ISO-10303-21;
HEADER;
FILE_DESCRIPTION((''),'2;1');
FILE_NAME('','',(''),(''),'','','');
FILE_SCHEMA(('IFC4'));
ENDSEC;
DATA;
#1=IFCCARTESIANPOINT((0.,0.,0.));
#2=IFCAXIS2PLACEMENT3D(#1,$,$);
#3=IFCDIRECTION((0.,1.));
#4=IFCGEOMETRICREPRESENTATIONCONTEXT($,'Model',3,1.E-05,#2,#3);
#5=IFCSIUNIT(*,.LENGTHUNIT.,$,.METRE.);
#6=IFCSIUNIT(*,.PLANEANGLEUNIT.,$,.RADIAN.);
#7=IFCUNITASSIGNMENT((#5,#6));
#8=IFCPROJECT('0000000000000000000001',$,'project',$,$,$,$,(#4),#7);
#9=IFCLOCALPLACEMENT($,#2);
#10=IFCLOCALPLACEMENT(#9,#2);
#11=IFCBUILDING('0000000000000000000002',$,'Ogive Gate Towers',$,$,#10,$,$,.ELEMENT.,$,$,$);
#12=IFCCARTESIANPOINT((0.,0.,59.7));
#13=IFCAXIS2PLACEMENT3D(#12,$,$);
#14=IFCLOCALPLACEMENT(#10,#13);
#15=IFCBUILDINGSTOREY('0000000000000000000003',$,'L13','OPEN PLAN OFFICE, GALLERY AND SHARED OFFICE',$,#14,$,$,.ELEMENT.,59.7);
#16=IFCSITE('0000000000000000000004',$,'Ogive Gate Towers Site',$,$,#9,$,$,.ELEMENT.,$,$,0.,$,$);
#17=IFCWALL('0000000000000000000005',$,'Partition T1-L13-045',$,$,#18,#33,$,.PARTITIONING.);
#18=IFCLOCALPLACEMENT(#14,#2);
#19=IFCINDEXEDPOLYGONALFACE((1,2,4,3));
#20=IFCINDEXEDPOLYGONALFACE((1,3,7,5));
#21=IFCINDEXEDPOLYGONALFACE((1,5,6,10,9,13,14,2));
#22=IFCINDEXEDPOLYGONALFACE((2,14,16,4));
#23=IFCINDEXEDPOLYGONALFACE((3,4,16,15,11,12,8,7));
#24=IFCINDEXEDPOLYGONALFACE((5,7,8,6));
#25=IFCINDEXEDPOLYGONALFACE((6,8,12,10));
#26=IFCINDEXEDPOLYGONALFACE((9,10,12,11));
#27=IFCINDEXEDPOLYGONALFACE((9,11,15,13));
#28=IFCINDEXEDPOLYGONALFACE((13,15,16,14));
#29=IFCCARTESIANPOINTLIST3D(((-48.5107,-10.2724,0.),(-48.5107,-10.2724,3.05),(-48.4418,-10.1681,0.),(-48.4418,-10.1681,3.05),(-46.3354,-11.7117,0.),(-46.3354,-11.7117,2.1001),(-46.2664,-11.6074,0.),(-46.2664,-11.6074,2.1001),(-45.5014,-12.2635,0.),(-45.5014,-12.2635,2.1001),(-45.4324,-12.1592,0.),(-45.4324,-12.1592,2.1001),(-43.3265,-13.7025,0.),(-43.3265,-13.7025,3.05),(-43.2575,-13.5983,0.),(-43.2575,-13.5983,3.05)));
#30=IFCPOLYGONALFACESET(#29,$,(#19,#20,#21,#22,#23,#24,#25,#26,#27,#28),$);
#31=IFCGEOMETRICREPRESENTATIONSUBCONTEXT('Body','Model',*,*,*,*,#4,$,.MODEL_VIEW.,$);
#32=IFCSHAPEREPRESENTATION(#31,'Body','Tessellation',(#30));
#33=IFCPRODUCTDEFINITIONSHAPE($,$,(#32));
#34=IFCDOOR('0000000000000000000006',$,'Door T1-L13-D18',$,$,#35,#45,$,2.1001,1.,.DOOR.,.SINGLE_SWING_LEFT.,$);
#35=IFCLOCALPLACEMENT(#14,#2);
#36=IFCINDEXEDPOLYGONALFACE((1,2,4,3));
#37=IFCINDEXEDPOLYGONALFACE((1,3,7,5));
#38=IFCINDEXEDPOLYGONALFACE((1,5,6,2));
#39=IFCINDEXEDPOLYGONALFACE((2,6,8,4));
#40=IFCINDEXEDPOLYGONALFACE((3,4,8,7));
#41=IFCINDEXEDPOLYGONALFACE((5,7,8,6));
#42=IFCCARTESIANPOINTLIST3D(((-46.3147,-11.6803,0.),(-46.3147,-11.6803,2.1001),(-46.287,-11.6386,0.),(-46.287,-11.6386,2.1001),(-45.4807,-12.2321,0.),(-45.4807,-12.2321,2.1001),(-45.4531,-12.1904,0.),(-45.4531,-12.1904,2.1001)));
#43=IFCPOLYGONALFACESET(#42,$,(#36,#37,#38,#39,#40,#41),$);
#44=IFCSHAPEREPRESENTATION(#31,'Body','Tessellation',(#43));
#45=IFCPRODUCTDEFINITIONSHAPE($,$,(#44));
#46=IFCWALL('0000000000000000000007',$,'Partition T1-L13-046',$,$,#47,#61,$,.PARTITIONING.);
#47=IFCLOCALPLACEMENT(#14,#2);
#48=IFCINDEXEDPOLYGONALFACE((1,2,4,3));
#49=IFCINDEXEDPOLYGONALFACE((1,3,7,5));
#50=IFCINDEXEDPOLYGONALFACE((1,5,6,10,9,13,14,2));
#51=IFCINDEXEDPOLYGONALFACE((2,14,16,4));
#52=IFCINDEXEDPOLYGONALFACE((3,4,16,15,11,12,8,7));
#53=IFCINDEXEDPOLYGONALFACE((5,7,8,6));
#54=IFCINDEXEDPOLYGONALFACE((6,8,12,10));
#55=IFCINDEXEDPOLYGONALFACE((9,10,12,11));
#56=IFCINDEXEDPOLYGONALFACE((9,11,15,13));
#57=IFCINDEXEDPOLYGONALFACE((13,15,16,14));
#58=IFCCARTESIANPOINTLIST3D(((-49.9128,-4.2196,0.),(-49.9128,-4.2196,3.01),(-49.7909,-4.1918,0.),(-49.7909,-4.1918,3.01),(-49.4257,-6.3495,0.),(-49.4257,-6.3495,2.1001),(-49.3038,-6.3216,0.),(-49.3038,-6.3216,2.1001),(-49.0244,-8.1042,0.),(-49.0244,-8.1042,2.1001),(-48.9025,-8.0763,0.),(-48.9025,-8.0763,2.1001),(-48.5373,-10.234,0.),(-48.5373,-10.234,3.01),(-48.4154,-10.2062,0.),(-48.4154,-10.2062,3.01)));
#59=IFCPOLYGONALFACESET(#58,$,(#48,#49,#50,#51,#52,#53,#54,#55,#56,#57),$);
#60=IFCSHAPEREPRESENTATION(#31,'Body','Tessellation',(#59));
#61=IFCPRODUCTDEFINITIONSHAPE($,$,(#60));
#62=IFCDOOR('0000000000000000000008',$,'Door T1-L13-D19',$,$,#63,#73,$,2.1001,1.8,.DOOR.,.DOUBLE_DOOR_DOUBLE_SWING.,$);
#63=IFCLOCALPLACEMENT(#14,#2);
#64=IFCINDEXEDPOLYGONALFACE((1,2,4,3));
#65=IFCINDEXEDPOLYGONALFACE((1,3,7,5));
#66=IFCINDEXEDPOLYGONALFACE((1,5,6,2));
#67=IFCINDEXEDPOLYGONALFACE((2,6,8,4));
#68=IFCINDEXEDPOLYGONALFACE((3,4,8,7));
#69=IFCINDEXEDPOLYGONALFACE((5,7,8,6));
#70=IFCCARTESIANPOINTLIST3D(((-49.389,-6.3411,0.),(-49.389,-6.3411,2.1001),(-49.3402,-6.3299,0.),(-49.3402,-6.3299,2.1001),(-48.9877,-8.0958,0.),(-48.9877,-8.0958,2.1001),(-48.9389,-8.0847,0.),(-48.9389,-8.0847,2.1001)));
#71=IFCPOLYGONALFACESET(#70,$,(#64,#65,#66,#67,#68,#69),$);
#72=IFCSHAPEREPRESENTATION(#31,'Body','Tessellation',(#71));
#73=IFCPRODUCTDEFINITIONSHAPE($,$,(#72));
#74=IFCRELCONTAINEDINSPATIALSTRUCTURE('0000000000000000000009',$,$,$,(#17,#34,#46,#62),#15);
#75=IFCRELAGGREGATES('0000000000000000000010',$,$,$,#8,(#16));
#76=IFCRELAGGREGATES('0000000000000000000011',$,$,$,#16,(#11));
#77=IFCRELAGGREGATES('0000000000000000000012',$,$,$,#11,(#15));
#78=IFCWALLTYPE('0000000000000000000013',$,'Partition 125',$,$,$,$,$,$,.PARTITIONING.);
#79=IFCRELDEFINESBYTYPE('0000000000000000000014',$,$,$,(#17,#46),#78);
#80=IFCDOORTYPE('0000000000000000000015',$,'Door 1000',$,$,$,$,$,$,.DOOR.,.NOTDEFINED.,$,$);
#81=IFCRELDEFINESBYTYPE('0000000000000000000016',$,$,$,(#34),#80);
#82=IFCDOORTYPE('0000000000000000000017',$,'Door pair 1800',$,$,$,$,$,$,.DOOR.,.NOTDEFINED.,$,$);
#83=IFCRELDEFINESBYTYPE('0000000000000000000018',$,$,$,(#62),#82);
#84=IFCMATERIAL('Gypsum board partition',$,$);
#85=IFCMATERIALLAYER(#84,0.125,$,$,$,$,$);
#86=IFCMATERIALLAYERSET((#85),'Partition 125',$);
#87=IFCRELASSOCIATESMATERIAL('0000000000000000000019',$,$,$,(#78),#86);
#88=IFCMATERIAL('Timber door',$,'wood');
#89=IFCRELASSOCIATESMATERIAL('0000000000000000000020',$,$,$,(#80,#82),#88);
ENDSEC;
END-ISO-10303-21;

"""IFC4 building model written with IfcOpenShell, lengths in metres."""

from ifc_helpers import new_model, si_unit, direction, frame, frame_2d, origin, place, context, subcontext, project, spatial, rectangle, extrude, material, layer, layer_set, type_object, element, fill, save


model = new_model("IFC4")

# Units and contexts
model_context = context("Model", 3, precision=1e-05, world=origin(), true_north=direction((0.0, 1.0)))
body_context = subcontext(model_context, "Body", "Model", "MODEL_VIEW")
ifc_project = project(units=[si_unit("LENGTHUNIT", "METRE"), si_unit("PLANEANGLEUNIT", "RADIAN")], contexts=[model_context])

# Site, building, storey
site_placement = place(None, origin())
site = spatial("IfcSite", under=ifc_project, at=site_placement, Name="Ogive Gate Towers Site", CompositionType="ELEMENT", RefElevation=0.0)
building_placement = place(site_placement, origin())
building = spatial("IfcBuilding", under=site, at=building_placement, Name="Ogive Gate Towers", CompositionType="ELEMENT")
storey_placement = place(building_placement, frame((0.0, 0.0, 59.7)))
storey = spatial("IfcBuildingStorey", under=building, at=storey_placement, Name="L13", Description="OPEN PLAN OFFICE, GALLERY AND SHARED OFFICE", CompositionType="ELEMENT", Elevation=59.7)

# Shared definitions
ifc_material_1 = material(Name="Timber door", Category="wood")

# Shared definitions
ifc_material_2 = material(Name="Gypsum board partition")
ifc_layer_1 = layer(ifc_material_2, 0.125)
ifc_layer_set_1 = layer_set([ifc_layer_1], Name="Partition 125")
wall_type_1 = type_object("IfcWallType", Name="Partition 125", PredefinedType="PARTITIONING", material=ifc_layer_set_1)

# Walls, openings, doors
wall_1_placement = place(storey_placement, frame((-43.292, -13.6504, 0.0), z_axis=(0.0, 0.0, 1.0), x_axis=(-0.833979, 0.551797, 0.0)))
wall_1 = element("IfcWall", 1, at=wall_1_placement, inside=storey, type_object=wall_type_1, Name="Partition T1-L13-045", PredefinedType="PARTITIONING", context=body_context, shape_type="SweptSolid", body=[
    extrude(rectangle(XDim=6.2163, YDim=0.125, at=frame_2d((3.1082, 0.0))), origin(), (0.0, 0.0, 1.0), 3.05),
])
opening_1_placement = place(wall_1_placement, frame((2.6079, 0.0, 0.0)))
opening_1 = element("IfcOpeningElement", 2, at=opening_1_placement, cuts=wall_1, PredefinedType="OPENING", context=body_context, shape_type="SweptSolid", body=[
    extrude(rectangle(XDim=1.0, YDim=2.1001, at=frame_2d((0.5, 1.05))), frame((0.0, 0.0725, 0.0), z_axis=(0.0, -1.0, 0.0), x_axis=(1.0, 0.0, 0.0)), (0.0, 0.0, 1.0), 0.145),
])
door_type_1 = type_object("IfcDoorType", Name="Door 1000", OperationType="NOTDEFINED", PredefinedType="DOOR", material=ifc_material_1)
door_1_placement = place(opening_1_placement, origin())
door_1 = element("IfcDoor", 3, at=door_1_placement, inside=storey, type_object=door_type_1, Name="Door T1-L13-D18", OperationType="SINGLE_SWING_LEFT", OverallHeight=2.1001, OverallWidth=1.0, PredefinedType="DOOR", context=body_context, shape_type="SweptSolid", body=[
    extrude(rectangle(XDim=1.0, YDim=2.1001, at=frame_2d((0.5, 1.05))), frame((0.0, 0.0249, 0.0), z_axis=(0.0, -1.0, 0.0), x_axis=(1.0, 0.0, 0.0)), (0.0, 0.0, 1.0), 0.05),
])
fill(opening_1, door_1)
wall_2_placement = place(storey_placement, frame((-48.4763, -10.2202, 0.0), z_axis=(0.0, 0.0, 1.0), x_axis=(-0.222943, 0.974831, 0.0)))
wall_2 = element("IfcWall", 4, at=wall_2_placement, inside=storey, type_object=wall_type_1, Name="Partition T1-L13-046", PredefinedType="PARTITIONING", context=body_context, shape_type="SweptSolid", body=[
    extrude(rectangle(XDim=6.1697, YDim=0.125, at=frame_2d((3.085, 0.0))), origin(), (0.0, 0.0, 1.0), 3.01),
])
opening_2_placement = place(wall_2_placement, frame((2.1851, 0.0, 0.0)))
opening_2 = element("IfcOpeningElement", 5, at=opening_2_placement, cuts=wall_2, PredefinedType="OPENING", context=body_context, shape_type="SweptSolid", body=[
    extrude(rectangle(XDim=1.8, YDim=2.1001, at=frame_2d((0.8999, 1.05))), frame((0.0, 0.0725, 0.0), z_axis=(0.0, -1.0, 0.0), x_axis=(1.0, 0.0, 0.0)), (0.0, 0.0, 1.0), 0.145),
])
door_type_2 = type_object("IfcDoorType", Name="Door pair 1800", OperationType="NOTDEFINED", PredefinedType="DOOR", material=ifc_material_1)
door_2_placement = place(opening_2_placement, origin())
door_2 = element("IfcDoor", 6, at=door_2_placement, inside=storey, type_object=door_type_2, Name="Door T1-L13-D19", OperationType="DOUBLE_DOOR_DOUBLE_SWING", OverallHeight=2.1001, OverallWidth=1.8, PredefinedType="DOOR", context=body_context, shape_type="SweptSolid", body=[
    extrude(rectangle(XDim=1.8, YDim=2.1001, at=frame_2d((0.8999, 1.05))), frame((0.0, 0.0249, 0.0), z_axis=(0.0, -1.0, 0.0), x_axis=(1.0, 0.0, 0.0)), (0.0, 0.0, 1.0), 0.05),
])
fill(opening_2, door_2)

save(model, "model.ifc")
